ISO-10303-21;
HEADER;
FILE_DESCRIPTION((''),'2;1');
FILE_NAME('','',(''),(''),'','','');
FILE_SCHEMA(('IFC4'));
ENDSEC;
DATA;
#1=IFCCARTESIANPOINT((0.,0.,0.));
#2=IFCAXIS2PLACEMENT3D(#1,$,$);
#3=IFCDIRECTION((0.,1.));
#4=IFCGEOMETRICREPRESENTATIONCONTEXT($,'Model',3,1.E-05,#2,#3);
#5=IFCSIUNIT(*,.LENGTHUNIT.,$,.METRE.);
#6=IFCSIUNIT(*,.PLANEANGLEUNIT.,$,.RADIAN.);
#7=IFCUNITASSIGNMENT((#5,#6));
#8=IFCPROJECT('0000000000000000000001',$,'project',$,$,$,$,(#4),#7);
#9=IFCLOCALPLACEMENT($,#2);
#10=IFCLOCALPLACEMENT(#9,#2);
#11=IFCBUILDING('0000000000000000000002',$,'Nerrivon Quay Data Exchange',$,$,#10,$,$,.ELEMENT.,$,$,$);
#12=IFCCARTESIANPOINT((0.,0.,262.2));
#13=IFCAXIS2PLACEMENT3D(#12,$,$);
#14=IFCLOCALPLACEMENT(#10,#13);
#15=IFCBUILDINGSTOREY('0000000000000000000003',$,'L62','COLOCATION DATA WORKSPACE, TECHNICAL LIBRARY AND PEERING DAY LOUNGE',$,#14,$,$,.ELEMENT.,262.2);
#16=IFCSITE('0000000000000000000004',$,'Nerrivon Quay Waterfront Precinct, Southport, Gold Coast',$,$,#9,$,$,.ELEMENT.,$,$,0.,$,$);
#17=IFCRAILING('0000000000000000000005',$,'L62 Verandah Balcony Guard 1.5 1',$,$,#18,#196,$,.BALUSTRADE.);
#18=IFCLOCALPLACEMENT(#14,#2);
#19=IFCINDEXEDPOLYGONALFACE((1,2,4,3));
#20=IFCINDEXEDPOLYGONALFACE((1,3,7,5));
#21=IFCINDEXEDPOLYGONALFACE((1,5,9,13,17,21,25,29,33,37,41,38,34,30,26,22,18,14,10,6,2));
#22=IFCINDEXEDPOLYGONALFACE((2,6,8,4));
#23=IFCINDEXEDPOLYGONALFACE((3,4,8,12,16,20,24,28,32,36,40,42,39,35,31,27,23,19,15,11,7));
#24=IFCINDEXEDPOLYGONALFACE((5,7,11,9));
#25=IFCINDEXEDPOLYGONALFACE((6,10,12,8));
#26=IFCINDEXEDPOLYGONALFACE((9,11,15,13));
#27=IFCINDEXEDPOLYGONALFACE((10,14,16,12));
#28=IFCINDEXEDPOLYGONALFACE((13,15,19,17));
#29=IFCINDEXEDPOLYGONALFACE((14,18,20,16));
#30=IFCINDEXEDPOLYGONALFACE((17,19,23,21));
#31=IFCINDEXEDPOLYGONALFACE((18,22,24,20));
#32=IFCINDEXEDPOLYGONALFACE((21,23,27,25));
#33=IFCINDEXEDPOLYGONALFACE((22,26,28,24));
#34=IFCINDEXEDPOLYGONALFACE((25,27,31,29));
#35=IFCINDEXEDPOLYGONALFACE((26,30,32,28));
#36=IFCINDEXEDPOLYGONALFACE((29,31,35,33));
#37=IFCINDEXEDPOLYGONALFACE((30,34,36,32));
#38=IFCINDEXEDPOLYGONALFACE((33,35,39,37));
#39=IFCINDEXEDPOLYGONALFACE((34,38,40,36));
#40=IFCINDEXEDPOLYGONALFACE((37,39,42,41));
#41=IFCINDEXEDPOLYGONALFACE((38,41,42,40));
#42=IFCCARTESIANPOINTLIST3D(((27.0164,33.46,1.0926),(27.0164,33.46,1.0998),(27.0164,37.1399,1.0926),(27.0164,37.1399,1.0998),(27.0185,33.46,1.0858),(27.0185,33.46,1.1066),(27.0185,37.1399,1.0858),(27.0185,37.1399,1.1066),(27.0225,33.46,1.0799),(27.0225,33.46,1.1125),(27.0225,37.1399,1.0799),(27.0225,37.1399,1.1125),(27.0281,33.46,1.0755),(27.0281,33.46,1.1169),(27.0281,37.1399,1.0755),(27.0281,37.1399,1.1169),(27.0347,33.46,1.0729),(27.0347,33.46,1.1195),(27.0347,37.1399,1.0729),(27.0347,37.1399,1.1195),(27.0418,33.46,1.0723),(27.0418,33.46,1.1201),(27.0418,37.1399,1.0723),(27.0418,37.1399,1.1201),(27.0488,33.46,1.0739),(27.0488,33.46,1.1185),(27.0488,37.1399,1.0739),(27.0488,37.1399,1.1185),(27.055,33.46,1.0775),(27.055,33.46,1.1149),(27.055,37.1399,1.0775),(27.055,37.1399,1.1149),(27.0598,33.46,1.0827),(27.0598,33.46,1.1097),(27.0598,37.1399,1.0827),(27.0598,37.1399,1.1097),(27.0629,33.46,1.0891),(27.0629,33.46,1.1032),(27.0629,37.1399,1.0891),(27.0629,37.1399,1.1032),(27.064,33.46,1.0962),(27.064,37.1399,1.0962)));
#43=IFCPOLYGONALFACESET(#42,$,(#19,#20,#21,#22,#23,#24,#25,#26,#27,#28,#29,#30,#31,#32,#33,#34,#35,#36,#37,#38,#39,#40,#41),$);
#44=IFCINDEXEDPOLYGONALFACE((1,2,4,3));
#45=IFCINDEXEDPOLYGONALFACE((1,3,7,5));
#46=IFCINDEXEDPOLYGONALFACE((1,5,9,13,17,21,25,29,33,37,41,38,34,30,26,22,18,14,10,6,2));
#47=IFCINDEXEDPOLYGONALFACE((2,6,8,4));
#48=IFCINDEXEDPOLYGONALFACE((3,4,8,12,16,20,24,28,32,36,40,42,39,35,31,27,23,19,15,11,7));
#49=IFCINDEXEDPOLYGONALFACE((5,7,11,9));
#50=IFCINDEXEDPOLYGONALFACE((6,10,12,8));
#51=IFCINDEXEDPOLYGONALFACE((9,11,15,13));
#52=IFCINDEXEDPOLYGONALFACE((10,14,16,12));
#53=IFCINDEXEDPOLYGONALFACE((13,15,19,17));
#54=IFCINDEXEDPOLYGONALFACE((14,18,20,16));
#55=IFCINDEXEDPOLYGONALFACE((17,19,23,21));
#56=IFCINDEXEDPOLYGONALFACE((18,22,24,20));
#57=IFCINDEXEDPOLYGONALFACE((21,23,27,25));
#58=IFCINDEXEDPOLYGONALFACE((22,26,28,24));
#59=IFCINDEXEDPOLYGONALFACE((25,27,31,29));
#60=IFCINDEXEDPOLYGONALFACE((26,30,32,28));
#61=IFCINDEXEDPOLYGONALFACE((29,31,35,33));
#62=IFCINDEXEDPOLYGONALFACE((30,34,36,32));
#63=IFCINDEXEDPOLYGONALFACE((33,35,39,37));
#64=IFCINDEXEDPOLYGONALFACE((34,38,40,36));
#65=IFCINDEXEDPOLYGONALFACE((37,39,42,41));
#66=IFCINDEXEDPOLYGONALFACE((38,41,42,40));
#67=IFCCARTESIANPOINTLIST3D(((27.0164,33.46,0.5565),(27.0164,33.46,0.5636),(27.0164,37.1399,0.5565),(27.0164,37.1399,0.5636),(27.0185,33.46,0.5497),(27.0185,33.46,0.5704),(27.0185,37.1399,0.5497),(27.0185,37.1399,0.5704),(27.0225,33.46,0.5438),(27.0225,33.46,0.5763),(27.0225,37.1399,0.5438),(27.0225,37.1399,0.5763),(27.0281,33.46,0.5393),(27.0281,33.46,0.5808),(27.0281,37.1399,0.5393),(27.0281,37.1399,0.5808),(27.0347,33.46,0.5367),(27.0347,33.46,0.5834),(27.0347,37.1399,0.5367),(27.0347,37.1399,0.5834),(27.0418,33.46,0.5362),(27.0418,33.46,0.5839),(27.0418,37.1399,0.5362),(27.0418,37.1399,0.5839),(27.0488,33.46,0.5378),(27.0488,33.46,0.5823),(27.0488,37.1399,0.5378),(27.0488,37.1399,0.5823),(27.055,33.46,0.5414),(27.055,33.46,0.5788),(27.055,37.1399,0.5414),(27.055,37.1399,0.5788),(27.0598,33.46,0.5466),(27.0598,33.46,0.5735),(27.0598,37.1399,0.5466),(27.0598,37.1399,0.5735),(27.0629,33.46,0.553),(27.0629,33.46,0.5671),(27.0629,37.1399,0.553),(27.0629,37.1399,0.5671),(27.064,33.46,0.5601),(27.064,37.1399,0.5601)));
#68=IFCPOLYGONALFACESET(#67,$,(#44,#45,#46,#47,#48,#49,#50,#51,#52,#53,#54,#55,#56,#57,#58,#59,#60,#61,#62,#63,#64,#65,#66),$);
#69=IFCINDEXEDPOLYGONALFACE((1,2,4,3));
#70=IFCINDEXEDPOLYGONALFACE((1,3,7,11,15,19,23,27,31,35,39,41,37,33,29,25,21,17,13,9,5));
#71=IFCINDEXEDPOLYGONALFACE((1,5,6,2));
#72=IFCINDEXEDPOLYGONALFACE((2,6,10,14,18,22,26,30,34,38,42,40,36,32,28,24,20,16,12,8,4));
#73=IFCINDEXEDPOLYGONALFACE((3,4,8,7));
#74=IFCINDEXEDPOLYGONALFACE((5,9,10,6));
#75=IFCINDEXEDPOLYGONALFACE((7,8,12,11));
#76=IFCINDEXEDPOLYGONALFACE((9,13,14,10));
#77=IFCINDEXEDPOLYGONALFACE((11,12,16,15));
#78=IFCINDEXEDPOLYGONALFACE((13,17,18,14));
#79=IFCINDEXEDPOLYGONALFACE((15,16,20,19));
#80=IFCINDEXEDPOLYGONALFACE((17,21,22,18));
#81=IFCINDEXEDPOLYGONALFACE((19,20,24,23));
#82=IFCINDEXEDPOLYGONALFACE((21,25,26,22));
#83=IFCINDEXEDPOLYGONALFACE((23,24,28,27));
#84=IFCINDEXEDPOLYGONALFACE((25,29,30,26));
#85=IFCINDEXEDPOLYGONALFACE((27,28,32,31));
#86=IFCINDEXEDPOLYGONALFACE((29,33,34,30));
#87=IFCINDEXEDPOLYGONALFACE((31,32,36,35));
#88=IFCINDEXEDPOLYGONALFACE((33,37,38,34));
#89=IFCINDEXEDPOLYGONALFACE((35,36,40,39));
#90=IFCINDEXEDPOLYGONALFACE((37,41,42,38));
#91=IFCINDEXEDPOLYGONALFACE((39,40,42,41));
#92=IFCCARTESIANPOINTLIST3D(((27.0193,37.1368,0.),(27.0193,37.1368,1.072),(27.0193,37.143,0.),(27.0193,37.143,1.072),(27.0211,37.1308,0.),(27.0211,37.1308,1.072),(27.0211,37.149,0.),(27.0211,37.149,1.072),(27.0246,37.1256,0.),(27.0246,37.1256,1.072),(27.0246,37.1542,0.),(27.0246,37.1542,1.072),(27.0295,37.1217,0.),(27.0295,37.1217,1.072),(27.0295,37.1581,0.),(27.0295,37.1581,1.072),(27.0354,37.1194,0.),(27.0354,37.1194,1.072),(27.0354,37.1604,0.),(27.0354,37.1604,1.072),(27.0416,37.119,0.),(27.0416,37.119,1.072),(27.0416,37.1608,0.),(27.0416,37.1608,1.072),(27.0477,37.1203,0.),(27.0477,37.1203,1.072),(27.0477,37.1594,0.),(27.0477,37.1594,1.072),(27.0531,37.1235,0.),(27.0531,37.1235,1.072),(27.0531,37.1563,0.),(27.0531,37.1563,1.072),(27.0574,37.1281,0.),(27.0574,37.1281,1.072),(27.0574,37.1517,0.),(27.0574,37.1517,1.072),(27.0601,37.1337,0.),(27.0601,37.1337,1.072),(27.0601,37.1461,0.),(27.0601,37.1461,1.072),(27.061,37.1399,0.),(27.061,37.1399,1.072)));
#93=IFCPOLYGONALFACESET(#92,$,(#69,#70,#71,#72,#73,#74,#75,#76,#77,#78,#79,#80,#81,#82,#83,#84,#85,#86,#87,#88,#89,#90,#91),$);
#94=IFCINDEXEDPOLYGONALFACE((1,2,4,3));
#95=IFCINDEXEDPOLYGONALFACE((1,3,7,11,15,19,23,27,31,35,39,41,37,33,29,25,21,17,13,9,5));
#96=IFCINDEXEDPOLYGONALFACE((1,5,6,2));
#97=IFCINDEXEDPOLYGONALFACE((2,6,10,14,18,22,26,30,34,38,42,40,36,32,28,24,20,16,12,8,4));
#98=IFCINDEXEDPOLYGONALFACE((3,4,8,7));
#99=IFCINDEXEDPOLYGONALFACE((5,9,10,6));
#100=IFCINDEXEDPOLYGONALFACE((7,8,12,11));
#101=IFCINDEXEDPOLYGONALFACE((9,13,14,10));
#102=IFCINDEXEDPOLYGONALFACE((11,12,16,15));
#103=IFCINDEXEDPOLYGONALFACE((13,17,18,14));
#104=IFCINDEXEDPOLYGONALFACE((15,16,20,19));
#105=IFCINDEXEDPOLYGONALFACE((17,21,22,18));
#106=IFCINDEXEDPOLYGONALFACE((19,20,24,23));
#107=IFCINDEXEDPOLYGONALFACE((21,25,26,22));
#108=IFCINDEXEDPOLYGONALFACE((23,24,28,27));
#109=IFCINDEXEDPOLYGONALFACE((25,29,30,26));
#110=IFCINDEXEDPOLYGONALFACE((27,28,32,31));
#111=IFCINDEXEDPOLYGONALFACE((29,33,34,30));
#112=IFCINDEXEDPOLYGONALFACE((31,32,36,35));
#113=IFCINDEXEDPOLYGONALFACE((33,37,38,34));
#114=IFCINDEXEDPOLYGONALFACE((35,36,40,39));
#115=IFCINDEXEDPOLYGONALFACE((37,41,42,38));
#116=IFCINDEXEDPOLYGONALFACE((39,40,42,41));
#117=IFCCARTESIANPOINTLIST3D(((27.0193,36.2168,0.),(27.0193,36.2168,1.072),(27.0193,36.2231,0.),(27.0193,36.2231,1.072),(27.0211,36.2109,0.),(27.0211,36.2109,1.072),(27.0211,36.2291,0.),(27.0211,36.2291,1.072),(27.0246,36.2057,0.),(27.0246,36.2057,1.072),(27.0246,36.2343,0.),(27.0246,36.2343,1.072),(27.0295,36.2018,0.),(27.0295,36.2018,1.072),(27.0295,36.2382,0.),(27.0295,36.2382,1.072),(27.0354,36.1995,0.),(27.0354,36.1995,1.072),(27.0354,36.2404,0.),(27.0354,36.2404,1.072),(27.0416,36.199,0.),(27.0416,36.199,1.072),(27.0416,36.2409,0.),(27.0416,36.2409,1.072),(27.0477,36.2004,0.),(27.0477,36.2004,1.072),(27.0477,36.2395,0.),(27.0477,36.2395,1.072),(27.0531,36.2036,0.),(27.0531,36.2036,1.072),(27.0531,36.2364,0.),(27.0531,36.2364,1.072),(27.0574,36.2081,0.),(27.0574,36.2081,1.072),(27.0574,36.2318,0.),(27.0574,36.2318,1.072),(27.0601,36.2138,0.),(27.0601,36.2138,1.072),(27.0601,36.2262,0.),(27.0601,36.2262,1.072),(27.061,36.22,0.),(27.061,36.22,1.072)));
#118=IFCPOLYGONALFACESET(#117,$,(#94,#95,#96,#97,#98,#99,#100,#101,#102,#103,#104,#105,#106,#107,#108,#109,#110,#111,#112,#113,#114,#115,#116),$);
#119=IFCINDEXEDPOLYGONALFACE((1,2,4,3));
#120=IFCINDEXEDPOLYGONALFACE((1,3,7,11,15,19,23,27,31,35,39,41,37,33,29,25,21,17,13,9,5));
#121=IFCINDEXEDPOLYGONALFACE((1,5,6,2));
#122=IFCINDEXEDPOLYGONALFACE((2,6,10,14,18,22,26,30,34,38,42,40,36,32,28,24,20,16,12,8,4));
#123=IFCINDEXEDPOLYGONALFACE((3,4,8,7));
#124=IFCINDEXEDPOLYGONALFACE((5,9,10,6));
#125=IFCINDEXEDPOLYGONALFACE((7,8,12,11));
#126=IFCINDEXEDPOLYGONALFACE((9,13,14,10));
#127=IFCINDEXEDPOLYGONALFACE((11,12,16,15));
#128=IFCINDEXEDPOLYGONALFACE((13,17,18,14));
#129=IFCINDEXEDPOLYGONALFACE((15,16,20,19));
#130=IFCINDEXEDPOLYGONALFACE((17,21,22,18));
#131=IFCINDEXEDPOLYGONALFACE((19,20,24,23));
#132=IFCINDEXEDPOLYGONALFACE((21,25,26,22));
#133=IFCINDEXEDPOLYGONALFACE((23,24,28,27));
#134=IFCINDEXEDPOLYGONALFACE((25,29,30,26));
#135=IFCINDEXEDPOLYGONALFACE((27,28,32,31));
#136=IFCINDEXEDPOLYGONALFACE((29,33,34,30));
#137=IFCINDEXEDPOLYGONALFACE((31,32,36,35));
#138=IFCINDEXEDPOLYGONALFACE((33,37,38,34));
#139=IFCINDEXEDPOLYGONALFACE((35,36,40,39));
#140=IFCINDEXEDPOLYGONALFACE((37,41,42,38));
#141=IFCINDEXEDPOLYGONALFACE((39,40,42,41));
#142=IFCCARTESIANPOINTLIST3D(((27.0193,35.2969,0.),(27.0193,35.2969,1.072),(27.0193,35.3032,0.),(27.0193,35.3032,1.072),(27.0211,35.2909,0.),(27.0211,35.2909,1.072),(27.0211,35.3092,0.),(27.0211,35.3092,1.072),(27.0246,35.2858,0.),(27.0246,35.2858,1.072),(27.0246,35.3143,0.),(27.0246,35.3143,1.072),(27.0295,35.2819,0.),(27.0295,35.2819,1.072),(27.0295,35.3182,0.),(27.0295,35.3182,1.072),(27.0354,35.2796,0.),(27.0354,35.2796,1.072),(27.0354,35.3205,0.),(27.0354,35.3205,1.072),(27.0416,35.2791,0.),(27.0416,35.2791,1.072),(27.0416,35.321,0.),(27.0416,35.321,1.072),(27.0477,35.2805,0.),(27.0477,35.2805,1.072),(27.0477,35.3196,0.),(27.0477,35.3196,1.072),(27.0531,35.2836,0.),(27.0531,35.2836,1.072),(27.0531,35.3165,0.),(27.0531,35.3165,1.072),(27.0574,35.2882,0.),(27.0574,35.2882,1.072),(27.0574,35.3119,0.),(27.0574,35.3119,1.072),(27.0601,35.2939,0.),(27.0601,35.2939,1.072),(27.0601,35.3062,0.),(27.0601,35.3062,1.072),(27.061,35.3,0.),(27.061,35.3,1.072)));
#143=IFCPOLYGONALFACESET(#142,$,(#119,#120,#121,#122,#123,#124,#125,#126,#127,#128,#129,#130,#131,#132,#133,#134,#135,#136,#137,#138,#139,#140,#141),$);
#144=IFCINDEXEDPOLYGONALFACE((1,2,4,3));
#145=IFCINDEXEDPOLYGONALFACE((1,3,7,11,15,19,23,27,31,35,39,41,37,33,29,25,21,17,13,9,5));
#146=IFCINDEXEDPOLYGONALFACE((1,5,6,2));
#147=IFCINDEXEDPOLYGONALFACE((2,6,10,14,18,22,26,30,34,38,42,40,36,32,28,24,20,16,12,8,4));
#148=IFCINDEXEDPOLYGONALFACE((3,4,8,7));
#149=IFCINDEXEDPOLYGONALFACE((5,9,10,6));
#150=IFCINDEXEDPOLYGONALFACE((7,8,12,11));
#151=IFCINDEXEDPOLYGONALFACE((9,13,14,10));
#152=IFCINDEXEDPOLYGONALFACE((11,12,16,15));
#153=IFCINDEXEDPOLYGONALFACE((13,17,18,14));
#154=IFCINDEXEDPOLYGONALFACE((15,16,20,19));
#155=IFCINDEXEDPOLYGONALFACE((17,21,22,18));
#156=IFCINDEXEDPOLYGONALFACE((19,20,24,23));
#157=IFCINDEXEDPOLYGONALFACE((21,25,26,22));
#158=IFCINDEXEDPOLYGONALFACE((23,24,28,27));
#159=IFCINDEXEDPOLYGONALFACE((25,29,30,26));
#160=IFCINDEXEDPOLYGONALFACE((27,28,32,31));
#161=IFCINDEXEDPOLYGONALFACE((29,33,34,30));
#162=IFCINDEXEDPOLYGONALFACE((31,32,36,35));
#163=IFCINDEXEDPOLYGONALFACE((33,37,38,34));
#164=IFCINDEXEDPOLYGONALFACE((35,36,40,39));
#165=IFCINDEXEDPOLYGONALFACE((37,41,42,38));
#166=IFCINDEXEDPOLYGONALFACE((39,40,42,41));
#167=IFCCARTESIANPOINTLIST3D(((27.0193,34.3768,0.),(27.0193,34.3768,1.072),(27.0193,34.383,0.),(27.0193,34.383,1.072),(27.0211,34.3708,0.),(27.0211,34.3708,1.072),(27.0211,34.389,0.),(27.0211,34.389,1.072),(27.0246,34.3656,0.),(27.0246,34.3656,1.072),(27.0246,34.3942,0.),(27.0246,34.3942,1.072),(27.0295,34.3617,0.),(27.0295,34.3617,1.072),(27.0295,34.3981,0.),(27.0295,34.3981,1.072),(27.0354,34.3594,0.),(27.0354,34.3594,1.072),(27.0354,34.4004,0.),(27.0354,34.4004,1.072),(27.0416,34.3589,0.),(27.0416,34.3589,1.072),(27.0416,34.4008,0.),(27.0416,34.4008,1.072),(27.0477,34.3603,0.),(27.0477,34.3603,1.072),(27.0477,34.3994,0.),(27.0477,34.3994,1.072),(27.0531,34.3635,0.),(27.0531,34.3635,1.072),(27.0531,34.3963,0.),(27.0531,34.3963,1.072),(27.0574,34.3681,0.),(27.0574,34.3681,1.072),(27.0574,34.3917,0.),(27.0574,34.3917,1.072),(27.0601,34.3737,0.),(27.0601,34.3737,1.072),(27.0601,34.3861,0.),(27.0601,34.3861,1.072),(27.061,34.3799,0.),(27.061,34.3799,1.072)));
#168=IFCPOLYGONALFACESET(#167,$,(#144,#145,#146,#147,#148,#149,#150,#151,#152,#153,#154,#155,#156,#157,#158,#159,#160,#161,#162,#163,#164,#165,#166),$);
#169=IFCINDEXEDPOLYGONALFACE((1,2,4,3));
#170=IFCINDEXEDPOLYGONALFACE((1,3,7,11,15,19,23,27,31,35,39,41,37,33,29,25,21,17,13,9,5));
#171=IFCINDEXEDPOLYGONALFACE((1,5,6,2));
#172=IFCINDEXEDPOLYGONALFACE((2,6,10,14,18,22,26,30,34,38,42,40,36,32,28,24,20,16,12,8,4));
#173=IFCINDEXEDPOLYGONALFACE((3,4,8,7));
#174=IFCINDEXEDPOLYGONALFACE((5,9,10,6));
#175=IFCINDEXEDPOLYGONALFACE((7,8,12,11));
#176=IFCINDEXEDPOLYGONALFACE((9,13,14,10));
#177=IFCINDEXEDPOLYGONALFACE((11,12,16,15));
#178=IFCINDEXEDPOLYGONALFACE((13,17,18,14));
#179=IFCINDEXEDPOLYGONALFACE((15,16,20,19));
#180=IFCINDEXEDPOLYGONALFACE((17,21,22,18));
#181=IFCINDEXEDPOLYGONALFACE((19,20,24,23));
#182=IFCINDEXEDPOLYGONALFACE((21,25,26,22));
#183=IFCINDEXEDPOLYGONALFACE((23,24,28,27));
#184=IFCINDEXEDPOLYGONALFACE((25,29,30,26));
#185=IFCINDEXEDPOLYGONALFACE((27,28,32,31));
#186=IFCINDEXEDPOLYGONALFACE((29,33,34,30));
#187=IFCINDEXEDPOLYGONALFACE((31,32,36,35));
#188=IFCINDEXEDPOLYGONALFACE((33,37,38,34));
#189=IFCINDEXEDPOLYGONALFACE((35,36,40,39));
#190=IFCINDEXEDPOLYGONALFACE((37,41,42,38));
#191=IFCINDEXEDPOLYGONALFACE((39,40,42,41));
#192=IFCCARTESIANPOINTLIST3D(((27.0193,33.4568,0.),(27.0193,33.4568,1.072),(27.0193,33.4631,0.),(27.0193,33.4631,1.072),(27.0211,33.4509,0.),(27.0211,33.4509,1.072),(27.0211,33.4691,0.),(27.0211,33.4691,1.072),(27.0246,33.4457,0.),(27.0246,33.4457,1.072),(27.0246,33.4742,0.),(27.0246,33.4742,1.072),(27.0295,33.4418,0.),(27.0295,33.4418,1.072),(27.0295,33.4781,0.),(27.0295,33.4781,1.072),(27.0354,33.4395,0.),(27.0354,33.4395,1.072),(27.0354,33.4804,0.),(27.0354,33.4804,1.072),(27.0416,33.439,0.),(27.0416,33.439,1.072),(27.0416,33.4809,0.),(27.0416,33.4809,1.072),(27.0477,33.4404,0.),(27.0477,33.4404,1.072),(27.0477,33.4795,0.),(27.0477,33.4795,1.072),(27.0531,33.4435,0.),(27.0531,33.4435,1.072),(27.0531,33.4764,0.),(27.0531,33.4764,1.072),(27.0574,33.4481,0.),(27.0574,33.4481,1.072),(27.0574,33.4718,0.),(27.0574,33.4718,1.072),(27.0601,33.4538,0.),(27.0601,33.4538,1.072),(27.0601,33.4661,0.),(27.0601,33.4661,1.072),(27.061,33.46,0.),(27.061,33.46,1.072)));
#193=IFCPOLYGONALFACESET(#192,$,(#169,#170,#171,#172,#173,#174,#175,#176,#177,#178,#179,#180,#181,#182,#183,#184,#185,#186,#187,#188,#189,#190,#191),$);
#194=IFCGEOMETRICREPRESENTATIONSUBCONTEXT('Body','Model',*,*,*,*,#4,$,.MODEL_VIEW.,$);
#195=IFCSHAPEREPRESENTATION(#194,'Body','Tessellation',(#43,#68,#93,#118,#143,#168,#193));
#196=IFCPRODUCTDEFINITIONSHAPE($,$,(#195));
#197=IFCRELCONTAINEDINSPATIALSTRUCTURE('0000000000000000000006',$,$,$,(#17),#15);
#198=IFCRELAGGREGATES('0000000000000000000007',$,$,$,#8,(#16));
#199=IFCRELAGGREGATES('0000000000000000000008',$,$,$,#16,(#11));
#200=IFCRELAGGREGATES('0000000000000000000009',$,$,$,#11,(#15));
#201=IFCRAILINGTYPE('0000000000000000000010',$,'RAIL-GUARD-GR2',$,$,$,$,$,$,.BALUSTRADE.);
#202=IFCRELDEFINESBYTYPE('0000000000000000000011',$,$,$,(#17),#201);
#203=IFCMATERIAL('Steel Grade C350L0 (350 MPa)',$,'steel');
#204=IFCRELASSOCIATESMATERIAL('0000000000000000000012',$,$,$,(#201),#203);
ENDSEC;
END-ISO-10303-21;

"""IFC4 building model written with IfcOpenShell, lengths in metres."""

from ifc_helpers import new_model, si_unit, direction, frame, origin, origin_2d, place, context, subcontext, project, spatial, circle, extrude, material, type_object, element, save


model = new_model("IFC4")

# Units and contexts
model_context = context("Model", 3, precision=1e-05, world=origin(), true_north=direction((0.0, 1.0)))
body_context = subcontext(model_context, "Body", "Model", "MODEL_VIEW")
ifc_project = project(units=[si_unit("LENGTHUNIT", "METRE"), si_unit("PLANEANGLEUNIT", "RADIAN")], contexts=[model_context])

# Site, building, storey
site_placement = place(None, origin())
site = spatial("IfcSite", under=ifc_project, at=site_placement, Name="Nerrivon Quay Waterfront Precinct, Southport, Gold Coast", CompositionType="ELEMENT", RefElevation=0.0)
building_placement = place(site_placement, origin())
building = spatial("IfcBuilding", under=site, at=building_placement, Name="Nerrivon Quay Data Exchange", CompositionType="ELEMENT")
storey_placement = place(building_placement, frame((0.0, 0.0, 262.2)))
storey = spatial("IfcBuildingStorey", under=building, at=storey_placement, Name="L62", Description="COLOCATION DATA WORKSPACE, TECHNICAL LIBRARY AND PEERING DAY LOUNGE", CompositionType="ELEMENT", Elevation=262.2)

# Shared definitions
ifc_material_1 = material(Name="Steel Grade C350L0 (350 MPa)", Category="steel")

# Railing
railing_type = type_object("IfcRailingType", Name="RAIL-GUARD-GR2", PredefinedType="BALUSTRADE", material=ifc_material_1)
railing_1_placement = place(storey_placement, frame((27.04, 37.1399, 0.0)))
element("IfcRailing", 1, at=railing_1_placement, inside=storey, type_object=railing_type, Name="L62 Verandah Balcony Guard 1.5 1", PredefinedType="BALUSTRADE", context=body_context, shape_type="SweptSolid", body=[
    extrude(circle(Radius=0.0239, at=origin_2d()), frame((0.0, 0.0, 1.0962), z_axis=(0.0, -1.0, 0.0), x_axis=(1.0, 0.0, 0.0)), (0.0, 0.0, 1.0), 3.6799),
    extrude(circle(Radius=0.0239, at=origin_2d()), frame((0.0, 0.0, 0.5601), z_axis=(0.0, -1.0, 0.0), x_axis=(1.0, 0.0, 0.0)), (0.0, 0.0, 1.0), 3.6799),
    extrude(circle(Radius=0.021, at=origin_2d()), origin(), (0.0, 0.0, 1.0), 1.072),
    extrude(circle(Radius=0.021, at=origin_2d()), frame((0.0, -0.9199, 0.0)), (0.0, 0.0, 1.0), 1.072),
    extrude(circle(Radius=0.021, at=origin_2d()), frame((0.0, -1.8398, 0.0)), (0.0, 0.0, 1.0), 1.072),
    extrude(circle(Radius=0.021, at=origin_2d()), frame((0.0, -2.76, 0.0)), (0.0, 0.0, 1.0), 1.072),
    extrude(circle(Radius=0.021, at=origin_2d()), frame((0.0, -3.6799, 0.0)), (0.0, 0.0, 1.0), 1.072),
])

save(model, "model.ifc")
